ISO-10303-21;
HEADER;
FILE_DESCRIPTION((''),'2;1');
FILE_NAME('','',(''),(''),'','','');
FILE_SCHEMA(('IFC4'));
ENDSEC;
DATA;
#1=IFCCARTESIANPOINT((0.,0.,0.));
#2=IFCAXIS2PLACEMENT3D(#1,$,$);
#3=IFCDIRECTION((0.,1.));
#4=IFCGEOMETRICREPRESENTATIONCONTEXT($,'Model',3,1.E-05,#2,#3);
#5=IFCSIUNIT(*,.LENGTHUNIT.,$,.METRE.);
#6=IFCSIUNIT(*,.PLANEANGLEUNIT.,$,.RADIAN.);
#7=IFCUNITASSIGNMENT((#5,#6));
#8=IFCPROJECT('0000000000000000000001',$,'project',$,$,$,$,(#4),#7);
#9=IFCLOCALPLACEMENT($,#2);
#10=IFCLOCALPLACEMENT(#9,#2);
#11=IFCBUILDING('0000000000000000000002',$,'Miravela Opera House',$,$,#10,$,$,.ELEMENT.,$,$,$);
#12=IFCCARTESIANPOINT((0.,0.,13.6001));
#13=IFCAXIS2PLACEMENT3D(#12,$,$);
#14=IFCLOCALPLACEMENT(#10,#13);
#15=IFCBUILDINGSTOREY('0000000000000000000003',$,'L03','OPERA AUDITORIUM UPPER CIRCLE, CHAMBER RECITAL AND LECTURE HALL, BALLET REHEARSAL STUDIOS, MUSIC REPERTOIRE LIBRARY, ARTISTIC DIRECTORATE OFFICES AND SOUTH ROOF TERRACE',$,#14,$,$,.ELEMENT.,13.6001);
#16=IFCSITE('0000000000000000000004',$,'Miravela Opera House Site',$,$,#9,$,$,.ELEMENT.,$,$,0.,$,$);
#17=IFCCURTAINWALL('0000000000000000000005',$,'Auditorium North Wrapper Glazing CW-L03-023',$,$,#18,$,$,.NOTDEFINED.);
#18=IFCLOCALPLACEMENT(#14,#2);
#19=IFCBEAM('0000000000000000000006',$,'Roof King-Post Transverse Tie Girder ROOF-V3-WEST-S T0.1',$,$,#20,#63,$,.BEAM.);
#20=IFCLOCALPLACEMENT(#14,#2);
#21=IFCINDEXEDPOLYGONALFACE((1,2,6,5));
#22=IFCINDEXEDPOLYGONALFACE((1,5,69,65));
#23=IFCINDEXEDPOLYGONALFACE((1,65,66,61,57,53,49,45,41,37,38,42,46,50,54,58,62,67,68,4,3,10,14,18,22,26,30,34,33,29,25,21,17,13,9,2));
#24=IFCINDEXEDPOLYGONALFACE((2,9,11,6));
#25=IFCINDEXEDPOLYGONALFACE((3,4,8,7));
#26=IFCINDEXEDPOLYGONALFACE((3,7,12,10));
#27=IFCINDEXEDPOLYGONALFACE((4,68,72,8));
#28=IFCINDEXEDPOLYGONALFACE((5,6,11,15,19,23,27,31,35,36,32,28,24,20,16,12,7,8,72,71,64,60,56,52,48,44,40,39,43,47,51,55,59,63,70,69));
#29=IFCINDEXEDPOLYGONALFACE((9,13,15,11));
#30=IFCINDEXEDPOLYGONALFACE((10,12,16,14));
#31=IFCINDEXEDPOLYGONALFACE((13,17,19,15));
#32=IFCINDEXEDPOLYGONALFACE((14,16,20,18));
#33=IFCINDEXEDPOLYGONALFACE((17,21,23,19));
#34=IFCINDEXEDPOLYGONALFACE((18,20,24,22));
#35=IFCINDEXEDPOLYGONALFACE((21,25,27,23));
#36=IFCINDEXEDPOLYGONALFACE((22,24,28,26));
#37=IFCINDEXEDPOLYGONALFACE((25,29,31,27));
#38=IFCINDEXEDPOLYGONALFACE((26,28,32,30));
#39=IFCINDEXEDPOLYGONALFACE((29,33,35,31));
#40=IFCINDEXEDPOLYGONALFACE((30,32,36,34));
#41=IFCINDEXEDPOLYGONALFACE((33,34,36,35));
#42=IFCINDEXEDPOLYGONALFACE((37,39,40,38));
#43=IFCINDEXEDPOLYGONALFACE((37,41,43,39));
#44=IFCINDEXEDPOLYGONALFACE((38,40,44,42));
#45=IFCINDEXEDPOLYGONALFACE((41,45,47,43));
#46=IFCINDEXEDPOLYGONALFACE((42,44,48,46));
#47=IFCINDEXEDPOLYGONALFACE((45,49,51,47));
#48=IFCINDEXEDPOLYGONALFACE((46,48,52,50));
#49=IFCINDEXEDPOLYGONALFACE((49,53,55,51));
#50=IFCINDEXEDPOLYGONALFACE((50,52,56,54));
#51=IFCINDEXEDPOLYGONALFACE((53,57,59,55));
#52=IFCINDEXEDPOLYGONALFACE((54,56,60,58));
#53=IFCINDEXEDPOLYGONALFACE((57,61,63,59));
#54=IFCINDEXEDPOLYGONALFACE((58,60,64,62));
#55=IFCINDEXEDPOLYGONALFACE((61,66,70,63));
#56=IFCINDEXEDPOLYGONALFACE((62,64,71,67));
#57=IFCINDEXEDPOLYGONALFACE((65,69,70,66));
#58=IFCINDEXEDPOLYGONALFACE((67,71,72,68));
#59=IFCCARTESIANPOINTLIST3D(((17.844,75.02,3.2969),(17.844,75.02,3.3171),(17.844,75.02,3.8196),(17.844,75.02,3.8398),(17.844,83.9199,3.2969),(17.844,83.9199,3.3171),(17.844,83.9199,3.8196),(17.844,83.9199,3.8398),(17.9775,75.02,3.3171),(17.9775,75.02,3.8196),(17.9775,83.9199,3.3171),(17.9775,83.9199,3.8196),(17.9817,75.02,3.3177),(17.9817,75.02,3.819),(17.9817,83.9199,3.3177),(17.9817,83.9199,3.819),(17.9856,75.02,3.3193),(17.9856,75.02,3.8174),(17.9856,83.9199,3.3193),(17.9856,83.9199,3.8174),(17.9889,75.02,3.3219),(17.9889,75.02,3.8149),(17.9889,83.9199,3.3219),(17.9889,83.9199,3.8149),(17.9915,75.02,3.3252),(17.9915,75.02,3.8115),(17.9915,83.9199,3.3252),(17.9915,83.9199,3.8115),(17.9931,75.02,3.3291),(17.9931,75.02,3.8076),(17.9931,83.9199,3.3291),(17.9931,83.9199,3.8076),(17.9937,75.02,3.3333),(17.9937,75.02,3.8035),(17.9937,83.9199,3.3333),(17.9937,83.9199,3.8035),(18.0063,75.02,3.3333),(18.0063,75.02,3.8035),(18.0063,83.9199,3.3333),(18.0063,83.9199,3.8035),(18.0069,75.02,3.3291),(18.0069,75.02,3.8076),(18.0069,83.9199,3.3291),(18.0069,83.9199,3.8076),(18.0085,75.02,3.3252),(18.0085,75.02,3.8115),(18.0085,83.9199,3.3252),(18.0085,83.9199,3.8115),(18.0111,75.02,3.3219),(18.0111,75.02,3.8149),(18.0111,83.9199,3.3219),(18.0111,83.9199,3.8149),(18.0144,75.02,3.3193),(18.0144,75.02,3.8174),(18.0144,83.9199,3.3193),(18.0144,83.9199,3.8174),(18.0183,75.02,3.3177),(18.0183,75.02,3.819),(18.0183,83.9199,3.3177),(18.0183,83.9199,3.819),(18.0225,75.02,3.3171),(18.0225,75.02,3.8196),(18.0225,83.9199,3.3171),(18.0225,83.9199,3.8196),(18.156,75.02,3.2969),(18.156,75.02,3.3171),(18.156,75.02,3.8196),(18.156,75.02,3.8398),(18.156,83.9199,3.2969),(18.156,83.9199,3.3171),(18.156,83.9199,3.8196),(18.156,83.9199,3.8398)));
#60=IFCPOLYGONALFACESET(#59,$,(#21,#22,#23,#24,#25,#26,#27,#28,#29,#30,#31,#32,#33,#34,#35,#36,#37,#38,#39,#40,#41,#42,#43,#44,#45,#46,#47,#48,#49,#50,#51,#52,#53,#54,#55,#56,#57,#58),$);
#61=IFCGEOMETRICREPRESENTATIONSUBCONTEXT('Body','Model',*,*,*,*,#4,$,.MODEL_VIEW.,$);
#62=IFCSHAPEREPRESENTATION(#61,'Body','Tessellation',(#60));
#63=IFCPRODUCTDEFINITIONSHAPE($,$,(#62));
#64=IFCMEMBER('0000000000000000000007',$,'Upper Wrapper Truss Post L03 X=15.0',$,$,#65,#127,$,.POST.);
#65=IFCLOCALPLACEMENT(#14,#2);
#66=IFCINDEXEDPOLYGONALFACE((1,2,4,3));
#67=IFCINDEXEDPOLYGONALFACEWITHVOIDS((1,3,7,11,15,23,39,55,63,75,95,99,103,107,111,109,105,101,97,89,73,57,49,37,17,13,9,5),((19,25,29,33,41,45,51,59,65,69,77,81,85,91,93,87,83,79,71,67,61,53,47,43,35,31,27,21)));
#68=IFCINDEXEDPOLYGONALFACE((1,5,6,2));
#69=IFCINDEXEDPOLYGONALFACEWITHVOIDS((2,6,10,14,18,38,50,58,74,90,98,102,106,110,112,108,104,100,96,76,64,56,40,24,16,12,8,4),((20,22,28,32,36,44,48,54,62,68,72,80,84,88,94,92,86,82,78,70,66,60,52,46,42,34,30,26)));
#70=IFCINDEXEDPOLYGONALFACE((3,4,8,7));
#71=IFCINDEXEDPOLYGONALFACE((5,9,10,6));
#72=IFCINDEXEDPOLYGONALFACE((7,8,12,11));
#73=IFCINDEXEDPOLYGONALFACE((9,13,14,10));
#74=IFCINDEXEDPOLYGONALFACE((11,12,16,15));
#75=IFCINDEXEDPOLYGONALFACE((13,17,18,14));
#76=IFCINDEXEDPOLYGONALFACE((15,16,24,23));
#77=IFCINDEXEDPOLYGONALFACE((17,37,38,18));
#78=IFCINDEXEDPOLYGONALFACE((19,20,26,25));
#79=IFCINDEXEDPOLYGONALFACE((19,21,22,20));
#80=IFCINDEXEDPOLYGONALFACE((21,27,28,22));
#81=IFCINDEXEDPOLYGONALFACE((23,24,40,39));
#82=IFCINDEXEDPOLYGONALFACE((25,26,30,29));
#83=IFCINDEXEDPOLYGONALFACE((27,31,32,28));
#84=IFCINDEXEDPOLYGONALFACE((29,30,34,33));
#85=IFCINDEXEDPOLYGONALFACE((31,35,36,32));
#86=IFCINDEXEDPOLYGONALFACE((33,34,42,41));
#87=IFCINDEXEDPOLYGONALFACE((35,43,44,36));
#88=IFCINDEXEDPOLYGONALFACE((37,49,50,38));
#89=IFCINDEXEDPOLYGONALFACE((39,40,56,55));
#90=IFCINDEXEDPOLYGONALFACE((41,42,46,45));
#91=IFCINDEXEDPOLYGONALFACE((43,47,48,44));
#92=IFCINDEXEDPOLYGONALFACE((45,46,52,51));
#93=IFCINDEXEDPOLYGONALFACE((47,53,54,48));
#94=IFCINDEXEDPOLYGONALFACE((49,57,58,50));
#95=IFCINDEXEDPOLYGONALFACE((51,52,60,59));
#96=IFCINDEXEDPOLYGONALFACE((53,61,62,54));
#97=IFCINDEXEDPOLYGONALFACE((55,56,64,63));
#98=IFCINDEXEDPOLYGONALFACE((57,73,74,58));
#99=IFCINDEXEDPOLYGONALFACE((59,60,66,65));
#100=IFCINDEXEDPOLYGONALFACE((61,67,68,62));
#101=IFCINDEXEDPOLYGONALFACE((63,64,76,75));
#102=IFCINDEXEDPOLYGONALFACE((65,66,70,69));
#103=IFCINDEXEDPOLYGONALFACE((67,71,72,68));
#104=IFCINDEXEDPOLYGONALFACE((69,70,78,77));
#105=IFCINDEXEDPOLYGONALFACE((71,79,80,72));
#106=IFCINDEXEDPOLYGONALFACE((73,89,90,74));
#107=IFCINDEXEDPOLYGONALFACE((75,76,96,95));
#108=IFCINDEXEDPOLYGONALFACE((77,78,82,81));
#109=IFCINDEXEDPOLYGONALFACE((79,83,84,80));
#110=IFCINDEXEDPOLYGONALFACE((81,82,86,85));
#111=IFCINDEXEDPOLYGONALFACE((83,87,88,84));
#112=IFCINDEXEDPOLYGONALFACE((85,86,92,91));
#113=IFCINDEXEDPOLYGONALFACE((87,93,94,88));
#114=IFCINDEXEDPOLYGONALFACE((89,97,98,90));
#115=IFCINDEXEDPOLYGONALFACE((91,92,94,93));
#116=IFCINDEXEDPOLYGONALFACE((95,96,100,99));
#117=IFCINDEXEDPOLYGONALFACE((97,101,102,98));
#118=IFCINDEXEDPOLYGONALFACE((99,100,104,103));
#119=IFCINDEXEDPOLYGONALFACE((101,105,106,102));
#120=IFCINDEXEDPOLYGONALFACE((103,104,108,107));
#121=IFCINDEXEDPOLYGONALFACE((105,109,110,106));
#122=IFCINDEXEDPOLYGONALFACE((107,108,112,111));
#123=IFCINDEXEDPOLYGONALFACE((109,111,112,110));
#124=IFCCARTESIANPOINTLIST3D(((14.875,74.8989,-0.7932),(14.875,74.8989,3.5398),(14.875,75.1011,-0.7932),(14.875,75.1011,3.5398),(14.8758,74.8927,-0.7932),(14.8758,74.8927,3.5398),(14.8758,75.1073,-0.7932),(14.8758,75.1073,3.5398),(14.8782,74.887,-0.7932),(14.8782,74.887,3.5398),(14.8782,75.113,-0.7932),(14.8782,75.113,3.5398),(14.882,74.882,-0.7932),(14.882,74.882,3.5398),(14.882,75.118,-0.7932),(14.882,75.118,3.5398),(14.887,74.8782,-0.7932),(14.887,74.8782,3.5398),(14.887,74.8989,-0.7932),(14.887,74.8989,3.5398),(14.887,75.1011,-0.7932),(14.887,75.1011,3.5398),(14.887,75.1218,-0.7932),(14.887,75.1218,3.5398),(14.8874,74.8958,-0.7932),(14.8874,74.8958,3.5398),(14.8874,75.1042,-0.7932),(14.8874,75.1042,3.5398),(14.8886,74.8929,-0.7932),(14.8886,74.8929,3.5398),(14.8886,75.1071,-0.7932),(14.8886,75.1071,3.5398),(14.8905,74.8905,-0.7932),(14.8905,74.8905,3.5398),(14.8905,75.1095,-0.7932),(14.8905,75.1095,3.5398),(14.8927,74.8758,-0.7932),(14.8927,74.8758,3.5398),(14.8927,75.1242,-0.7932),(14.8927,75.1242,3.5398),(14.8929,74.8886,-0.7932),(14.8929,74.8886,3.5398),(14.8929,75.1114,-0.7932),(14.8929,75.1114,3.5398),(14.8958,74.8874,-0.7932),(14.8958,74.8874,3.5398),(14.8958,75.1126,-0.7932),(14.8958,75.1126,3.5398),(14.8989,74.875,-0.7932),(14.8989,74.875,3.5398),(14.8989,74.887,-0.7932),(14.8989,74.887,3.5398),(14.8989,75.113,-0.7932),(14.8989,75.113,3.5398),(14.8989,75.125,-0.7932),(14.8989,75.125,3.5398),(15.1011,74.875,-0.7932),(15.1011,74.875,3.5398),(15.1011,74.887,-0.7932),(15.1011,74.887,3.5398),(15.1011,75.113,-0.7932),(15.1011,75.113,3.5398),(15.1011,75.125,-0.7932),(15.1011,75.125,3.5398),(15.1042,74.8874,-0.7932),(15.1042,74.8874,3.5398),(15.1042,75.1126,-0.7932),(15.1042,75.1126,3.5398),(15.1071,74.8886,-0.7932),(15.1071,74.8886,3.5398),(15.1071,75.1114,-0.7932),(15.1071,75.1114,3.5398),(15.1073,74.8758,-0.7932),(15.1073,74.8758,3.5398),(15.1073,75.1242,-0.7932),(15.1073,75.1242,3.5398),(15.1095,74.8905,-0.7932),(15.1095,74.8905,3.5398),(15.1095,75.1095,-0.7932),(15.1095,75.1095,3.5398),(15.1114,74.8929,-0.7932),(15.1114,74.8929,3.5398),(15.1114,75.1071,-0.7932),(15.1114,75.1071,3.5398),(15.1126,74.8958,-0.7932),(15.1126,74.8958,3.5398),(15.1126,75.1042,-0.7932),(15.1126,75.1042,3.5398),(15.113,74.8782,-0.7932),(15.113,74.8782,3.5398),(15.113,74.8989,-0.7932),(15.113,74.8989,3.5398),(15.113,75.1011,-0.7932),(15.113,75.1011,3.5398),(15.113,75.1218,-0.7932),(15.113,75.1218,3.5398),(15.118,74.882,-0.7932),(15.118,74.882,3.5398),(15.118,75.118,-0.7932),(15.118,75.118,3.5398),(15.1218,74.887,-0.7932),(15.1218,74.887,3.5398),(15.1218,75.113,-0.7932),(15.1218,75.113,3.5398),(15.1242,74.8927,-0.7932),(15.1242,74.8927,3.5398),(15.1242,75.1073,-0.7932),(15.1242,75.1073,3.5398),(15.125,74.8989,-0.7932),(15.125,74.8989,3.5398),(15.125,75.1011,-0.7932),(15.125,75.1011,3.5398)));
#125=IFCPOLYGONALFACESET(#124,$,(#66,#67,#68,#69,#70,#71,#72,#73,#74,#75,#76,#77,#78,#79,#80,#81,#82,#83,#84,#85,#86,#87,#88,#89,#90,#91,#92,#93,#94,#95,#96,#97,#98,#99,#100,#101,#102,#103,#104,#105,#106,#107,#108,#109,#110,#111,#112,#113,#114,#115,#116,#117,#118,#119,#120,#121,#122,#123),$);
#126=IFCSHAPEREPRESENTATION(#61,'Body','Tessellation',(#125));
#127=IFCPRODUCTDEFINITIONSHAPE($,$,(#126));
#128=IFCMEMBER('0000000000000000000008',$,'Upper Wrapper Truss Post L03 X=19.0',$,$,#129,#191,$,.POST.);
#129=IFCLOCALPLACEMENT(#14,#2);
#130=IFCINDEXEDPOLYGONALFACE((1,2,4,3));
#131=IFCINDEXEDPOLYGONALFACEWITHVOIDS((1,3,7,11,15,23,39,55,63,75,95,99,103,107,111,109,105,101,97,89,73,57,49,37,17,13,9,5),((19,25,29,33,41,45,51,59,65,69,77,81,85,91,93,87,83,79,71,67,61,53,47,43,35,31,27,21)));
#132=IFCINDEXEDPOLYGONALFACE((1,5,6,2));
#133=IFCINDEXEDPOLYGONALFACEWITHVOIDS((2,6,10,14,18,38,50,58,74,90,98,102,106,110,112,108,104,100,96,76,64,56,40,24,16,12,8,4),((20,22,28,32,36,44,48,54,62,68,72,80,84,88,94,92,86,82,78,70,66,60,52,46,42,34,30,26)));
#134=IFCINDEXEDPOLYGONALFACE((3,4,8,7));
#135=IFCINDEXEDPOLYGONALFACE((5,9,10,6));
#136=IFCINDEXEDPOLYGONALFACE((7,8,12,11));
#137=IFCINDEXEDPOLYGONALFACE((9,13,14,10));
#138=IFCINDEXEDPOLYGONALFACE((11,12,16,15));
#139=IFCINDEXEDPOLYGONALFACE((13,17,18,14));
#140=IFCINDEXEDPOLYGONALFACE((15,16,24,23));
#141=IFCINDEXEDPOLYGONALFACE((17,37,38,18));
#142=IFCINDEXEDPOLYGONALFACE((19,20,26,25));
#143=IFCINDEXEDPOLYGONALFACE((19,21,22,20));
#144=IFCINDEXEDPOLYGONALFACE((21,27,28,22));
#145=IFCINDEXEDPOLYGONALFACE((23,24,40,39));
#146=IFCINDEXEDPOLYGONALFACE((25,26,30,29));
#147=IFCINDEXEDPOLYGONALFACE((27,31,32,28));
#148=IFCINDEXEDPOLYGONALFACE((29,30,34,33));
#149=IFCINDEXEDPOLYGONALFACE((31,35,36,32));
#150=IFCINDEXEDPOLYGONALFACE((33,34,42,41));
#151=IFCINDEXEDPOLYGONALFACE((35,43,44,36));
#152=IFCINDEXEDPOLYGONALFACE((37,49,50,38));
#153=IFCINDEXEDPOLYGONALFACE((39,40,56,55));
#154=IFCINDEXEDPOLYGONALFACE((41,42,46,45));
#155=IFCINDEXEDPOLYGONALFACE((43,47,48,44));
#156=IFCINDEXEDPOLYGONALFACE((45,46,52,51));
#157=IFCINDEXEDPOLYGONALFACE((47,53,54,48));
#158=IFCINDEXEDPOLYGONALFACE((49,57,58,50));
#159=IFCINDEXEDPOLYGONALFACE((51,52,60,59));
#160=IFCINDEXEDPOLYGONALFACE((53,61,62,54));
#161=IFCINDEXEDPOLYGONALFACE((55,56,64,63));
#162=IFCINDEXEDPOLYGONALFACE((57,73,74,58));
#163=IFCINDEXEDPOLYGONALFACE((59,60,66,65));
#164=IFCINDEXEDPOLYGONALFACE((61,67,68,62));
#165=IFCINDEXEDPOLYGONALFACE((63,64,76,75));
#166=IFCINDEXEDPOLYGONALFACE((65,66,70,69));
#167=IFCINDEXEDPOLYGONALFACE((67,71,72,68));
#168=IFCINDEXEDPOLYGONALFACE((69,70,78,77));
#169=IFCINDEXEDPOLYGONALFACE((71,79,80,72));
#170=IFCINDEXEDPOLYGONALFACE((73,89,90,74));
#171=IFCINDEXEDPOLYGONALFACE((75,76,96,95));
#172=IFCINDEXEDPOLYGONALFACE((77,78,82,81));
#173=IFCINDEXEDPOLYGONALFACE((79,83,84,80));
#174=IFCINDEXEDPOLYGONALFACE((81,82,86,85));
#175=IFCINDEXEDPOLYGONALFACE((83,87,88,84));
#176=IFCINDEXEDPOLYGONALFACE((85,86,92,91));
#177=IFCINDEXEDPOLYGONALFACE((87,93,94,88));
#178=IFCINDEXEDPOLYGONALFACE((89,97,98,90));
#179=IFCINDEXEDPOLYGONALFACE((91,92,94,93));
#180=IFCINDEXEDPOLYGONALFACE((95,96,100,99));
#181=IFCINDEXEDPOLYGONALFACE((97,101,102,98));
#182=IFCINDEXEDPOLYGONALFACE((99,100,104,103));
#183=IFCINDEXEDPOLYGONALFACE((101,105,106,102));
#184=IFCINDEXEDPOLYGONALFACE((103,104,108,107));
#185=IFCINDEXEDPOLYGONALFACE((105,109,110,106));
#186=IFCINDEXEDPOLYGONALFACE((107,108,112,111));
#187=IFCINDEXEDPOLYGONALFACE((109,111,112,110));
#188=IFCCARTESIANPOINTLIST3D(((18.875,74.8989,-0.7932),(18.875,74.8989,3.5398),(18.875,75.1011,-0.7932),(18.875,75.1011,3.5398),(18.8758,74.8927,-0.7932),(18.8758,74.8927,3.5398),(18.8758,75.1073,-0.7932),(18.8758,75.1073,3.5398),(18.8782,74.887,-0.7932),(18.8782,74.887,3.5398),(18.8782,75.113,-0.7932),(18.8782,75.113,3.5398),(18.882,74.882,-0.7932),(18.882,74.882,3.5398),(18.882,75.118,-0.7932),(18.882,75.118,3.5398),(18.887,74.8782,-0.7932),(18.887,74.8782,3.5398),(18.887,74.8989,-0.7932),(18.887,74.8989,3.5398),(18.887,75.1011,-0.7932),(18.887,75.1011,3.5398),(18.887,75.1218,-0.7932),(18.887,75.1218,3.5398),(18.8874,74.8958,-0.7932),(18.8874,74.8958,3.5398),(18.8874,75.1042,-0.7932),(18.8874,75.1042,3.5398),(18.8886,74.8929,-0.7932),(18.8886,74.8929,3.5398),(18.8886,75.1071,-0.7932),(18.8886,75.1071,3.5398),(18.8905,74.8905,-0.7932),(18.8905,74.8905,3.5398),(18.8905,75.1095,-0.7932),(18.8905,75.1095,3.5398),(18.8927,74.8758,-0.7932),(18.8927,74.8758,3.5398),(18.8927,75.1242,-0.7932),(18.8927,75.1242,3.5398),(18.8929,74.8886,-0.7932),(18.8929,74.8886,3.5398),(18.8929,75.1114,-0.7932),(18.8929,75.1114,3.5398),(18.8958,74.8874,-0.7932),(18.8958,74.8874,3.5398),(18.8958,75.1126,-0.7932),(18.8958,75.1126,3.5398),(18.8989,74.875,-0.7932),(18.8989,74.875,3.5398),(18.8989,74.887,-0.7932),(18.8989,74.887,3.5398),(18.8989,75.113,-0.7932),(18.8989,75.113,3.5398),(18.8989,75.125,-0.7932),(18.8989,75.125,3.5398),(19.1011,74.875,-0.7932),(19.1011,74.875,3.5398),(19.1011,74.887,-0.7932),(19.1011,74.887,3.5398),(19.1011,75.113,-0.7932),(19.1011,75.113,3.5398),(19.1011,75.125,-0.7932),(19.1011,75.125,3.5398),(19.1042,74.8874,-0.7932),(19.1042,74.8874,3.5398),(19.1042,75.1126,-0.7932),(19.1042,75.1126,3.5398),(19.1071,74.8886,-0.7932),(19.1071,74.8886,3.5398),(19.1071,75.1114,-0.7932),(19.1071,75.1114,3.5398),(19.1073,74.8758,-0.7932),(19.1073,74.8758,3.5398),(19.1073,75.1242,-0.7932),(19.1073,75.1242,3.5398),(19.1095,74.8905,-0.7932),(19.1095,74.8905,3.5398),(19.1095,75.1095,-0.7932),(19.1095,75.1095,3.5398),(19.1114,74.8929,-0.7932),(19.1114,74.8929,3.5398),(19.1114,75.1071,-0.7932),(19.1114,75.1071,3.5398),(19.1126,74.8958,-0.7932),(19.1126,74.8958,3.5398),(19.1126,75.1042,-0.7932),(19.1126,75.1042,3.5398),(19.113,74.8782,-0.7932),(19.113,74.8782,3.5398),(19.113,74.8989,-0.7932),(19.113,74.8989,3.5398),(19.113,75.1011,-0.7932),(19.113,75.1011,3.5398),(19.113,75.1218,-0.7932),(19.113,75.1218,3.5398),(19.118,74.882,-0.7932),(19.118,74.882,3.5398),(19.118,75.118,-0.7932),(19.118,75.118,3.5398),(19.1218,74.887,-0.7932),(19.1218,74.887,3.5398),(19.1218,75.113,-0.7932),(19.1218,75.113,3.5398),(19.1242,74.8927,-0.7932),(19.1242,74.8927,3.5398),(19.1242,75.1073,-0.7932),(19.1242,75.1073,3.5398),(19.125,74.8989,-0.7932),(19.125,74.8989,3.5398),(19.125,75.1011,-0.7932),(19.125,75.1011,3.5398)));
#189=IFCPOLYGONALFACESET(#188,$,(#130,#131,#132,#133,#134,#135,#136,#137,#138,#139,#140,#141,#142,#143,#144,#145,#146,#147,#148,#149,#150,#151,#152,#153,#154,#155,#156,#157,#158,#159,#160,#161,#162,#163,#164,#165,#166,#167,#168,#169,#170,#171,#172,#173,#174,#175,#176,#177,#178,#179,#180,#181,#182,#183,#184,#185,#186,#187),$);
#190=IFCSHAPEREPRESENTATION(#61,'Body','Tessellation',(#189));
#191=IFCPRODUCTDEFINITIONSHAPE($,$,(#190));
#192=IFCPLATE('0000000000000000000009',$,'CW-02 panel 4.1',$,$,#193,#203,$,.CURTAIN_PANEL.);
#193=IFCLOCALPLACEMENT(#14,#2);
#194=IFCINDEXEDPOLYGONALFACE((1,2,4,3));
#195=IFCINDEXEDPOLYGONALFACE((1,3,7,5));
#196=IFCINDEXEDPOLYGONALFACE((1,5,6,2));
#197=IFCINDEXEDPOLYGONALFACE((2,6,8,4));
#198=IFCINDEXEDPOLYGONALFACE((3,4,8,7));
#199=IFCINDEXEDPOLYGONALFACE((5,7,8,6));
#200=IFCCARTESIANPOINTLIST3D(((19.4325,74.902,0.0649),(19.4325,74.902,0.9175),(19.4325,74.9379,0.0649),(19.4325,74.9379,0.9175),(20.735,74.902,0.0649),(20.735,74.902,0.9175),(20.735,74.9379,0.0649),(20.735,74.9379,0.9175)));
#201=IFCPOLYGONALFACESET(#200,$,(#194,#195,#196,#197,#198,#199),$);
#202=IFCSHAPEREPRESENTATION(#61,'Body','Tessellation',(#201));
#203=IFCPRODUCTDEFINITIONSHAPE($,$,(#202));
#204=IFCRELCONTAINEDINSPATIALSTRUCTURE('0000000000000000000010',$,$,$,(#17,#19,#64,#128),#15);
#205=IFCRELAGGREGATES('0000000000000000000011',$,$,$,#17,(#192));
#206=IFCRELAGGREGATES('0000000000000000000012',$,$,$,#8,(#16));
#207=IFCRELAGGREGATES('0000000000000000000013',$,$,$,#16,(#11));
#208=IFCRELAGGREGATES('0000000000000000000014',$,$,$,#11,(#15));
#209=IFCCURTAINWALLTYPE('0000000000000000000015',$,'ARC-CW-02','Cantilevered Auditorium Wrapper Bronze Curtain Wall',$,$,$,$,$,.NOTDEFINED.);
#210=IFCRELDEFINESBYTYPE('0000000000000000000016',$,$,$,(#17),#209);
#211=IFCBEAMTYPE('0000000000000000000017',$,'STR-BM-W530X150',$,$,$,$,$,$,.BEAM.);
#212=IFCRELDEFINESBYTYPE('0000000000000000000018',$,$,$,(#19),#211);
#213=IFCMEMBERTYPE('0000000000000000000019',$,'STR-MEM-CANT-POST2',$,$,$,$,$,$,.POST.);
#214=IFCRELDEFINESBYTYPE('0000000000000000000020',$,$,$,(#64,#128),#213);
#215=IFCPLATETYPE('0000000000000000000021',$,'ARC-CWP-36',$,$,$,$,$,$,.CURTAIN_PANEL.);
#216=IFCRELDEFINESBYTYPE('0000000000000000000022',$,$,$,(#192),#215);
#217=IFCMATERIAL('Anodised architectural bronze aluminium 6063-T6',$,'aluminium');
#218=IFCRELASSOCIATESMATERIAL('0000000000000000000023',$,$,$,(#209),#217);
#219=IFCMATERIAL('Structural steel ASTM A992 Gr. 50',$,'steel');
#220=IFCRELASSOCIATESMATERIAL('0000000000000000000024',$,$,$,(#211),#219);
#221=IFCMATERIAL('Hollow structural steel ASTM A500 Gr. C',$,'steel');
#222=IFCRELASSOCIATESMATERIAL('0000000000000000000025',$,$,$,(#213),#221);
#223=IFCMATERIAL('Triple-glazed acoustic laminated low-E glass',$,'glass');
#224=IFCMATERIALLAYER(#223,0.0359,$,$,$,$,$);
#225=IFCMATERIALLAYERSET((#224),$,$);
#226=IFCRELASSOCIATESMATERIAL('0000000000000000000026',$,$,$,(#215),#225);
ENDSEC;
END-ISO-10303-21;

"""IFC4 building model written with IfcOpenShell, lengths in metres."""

from ifc_helpers import new_model, si_unit, direction, frame, origin, origin_2d, place, context, subcontext, project, spatial, rectangle, hollow_rectangle, i_section, extrude, material, layer, layer_set, material_profile, profile_set, type_object, element, aggregate, save


model = new_model("IFC4")

# Units and contexts
model_context = context("Model", 3, precision=1e-05, world=origin(), true_north=direction((0.0, 1.0)))
body_context = subcontext(model_context, "Body", "Model", "MODEL_VIEW")
ifc_project = project(units=[si_unit("LENGTHUNIT", "METRE"), si_unit("PLANEANGLEUNIT", "RADIAN")], contexts=[model_context])

# Site, building, storey
site_placement = place(None, origin())
site = spatial("IfcSite", under=ifc_project, at=site_placement, Name="Miravela Opera House Site", CompositionType="ELEMENT", RefElevation=0.0)
building_placement = place(site_placement, origin())
building = spatial("IfcBuilding", under=site, at=building_placement, Name="Miravela Opera House", CompositionType="ELEMENT")
storey_placement = place(building_placement, frame((0.0, 0.0, 13.6001)))
storey = spatial("IfcBuildingStorey", under=building, at=storey_placement, Name="L03", Description="OPERA AUDITORIUM UPPER CIRCLE, CHAMBER RECITAL AND LECTURE HALL, BALLET REHEARSAL STUDIOS, MUSIC REPERTOIRE LIBRARY, ARTISTIC DIRECTORATE OFFICES AND SOUTH ROOF TERRACE", CompositionType="ELEMENT", Elevation=13.6001)

# Curtain wall
ifc_material_1 = material(Name="Anodised architectural bronze aluminium 6063-T6", Category="aluminium")
curtain_wall_type = type_object("IfcCurtainWallType", Name="ARC-CW-02", Description="Cantilevered Auditorium Wrapper Bronze Curtain Wall", PredefinedType="NOTDEFINED", material=ifc_material_1)
curtain_wall_placement = place(storey_placement, origin())
curtain_wall = element("IfcCurtainWall", 1, at=curtain_wall_placement, inside=storey, type_object=curtain_wall_type, Name="Auditorium North Wrapper Glazing CW-L03-023", PredefinedType="NOTDEFINED")

# Beam
ifc_material_2 = material(Name="Structural steel ASTM A992 Gr. 50", Category="steel")
ifc_material_profile_1 = material_profile(ifc_material_2, i_section(OverallWidth=0.312, OverallDepth=0.543, WebThickness=0.0127, FlangeThickness=0.0203, FilletRadius=0.0161, at=origin_2d()), Name="W530X150")
ifc_profile_set_1 = profile_set([ifc_material_profile_1])
beam_type = type_object("IfcBeamType", Name="STR-BM-W530X150", PredefinedType="BEAM", material=ifc_profile_set_1)
beam_1_placement = place(storey_placement, frame((18.0, 75.02, 3.5684), z_axis=(0.0, 1.0, 0.0), x_axis=(-1.0, 0.0, 0.0)))
element("IfcBeam", 2, at=beam_1_placement, inside=storey, type_object=beam_type, Name="Roof King-Post Transverse Tie Girder ROOF-V3-WEST-S T0.1", PredefinedType="BEAM", context=body_context, shape_type="SweptSolid", body=[
    extrude(i_section(OverallWidth=0.312, OverallDepth=0.543, WebThickness=0.0127, FlangeThickness=0.0203, FilletRadius=0.0161, at=origin_2d()), origin(), (0.0, 0.0, 1.0), 8.8999),
])

# Members
ifc_material_3 = material(Name="Hollow structural steel ASTM A500 Gr. C", Category="steel")
ifc_material_profile_2 = material_profile(ifc_material_3, hollow_rectangle(XDim=0.25, YDim=0.25, WallThickness=0.012, InnerFilletRadius=0.012, OuterFilletRadius=0.0239, at=origin_2d()), Name="HSS250X250X12")
ifc_profile_set_2 = profile_set([ifc_material_profile_2])
member_type_1 = type_object("IfcMemberType", Name="STR-MEM-CANT-POST2", PredefinedType="POST", material=ifc_profile_set_2)
for number, where, z_axis, x_axis, name in (
    (3, (15.0, 75.0, -0.7932), (0.0, 0.0, 1.0), (1.0, 0.0, 0.0), "Upper Wrapper Truss Post L03 X=15.0"),
    (4, (19.0, 75.0, -0.7932), (0.0, 0.0, 1.0), (1.0, 0.0, 0.0), "Upper Wrapper Truss Post L03 X=19.0"),
):
    element("IfcMember", number, at=place(storey_placement, frame(where, z_axis=z_axis, x_axis=x_axis)), inside=storey, type_object=member_type_1, Name=name, PredefinedType="POST", context=body_context, shape_type="SweptSolid", body=[
        extrude(hollow_rectangle(XDim=0.25, YDim=0.25, WallThickness=0.012, InnerFilletRadius=0.012, OuterFilletRadius=0.0239, at=origin_2d()), origin(), (0.0, 0.0, 1.0), 4.333),
    ])

# Plate
ifc_material_4 = material(Name="Triple-glazed acoustic laminated low-E glass", Category="glass")
ifc_layer_1 = layer(ifc_material_4, 0.0359)
ifc_layer_set_1 = layer_set([ifc_layer_1])
plate_type = type_object("IfcPlateType", Name="ARC-CWP-36", PredefinedType="CURTAIN_PANEL", material=ifc_layer_set_1)
plate_1_placement = place(storey_placement, frame((20.0837, 74.9199, 0.0649), z_axis=(0.0, 0.0, 1.0), x_axis=(1.0, 0.0, 0.0)))
plate_1 = element("IfcPlate", 5, at=plate_1_placement, type_object=plate_type, Name="CW-02 panel 4.1", PredefinedType="CURTAIN_PANEL", context=body_context, shape_type="SweptSolid", body=[
    extrude(rectangle(XDim=1.3025, YDim=0.0359, at=origin_2d()), origin(), (0.0, 0.0, 1.0), 0.8525),
])
aggregate(curtain_wall, [plate_1])

save(model, "model.ifc")
